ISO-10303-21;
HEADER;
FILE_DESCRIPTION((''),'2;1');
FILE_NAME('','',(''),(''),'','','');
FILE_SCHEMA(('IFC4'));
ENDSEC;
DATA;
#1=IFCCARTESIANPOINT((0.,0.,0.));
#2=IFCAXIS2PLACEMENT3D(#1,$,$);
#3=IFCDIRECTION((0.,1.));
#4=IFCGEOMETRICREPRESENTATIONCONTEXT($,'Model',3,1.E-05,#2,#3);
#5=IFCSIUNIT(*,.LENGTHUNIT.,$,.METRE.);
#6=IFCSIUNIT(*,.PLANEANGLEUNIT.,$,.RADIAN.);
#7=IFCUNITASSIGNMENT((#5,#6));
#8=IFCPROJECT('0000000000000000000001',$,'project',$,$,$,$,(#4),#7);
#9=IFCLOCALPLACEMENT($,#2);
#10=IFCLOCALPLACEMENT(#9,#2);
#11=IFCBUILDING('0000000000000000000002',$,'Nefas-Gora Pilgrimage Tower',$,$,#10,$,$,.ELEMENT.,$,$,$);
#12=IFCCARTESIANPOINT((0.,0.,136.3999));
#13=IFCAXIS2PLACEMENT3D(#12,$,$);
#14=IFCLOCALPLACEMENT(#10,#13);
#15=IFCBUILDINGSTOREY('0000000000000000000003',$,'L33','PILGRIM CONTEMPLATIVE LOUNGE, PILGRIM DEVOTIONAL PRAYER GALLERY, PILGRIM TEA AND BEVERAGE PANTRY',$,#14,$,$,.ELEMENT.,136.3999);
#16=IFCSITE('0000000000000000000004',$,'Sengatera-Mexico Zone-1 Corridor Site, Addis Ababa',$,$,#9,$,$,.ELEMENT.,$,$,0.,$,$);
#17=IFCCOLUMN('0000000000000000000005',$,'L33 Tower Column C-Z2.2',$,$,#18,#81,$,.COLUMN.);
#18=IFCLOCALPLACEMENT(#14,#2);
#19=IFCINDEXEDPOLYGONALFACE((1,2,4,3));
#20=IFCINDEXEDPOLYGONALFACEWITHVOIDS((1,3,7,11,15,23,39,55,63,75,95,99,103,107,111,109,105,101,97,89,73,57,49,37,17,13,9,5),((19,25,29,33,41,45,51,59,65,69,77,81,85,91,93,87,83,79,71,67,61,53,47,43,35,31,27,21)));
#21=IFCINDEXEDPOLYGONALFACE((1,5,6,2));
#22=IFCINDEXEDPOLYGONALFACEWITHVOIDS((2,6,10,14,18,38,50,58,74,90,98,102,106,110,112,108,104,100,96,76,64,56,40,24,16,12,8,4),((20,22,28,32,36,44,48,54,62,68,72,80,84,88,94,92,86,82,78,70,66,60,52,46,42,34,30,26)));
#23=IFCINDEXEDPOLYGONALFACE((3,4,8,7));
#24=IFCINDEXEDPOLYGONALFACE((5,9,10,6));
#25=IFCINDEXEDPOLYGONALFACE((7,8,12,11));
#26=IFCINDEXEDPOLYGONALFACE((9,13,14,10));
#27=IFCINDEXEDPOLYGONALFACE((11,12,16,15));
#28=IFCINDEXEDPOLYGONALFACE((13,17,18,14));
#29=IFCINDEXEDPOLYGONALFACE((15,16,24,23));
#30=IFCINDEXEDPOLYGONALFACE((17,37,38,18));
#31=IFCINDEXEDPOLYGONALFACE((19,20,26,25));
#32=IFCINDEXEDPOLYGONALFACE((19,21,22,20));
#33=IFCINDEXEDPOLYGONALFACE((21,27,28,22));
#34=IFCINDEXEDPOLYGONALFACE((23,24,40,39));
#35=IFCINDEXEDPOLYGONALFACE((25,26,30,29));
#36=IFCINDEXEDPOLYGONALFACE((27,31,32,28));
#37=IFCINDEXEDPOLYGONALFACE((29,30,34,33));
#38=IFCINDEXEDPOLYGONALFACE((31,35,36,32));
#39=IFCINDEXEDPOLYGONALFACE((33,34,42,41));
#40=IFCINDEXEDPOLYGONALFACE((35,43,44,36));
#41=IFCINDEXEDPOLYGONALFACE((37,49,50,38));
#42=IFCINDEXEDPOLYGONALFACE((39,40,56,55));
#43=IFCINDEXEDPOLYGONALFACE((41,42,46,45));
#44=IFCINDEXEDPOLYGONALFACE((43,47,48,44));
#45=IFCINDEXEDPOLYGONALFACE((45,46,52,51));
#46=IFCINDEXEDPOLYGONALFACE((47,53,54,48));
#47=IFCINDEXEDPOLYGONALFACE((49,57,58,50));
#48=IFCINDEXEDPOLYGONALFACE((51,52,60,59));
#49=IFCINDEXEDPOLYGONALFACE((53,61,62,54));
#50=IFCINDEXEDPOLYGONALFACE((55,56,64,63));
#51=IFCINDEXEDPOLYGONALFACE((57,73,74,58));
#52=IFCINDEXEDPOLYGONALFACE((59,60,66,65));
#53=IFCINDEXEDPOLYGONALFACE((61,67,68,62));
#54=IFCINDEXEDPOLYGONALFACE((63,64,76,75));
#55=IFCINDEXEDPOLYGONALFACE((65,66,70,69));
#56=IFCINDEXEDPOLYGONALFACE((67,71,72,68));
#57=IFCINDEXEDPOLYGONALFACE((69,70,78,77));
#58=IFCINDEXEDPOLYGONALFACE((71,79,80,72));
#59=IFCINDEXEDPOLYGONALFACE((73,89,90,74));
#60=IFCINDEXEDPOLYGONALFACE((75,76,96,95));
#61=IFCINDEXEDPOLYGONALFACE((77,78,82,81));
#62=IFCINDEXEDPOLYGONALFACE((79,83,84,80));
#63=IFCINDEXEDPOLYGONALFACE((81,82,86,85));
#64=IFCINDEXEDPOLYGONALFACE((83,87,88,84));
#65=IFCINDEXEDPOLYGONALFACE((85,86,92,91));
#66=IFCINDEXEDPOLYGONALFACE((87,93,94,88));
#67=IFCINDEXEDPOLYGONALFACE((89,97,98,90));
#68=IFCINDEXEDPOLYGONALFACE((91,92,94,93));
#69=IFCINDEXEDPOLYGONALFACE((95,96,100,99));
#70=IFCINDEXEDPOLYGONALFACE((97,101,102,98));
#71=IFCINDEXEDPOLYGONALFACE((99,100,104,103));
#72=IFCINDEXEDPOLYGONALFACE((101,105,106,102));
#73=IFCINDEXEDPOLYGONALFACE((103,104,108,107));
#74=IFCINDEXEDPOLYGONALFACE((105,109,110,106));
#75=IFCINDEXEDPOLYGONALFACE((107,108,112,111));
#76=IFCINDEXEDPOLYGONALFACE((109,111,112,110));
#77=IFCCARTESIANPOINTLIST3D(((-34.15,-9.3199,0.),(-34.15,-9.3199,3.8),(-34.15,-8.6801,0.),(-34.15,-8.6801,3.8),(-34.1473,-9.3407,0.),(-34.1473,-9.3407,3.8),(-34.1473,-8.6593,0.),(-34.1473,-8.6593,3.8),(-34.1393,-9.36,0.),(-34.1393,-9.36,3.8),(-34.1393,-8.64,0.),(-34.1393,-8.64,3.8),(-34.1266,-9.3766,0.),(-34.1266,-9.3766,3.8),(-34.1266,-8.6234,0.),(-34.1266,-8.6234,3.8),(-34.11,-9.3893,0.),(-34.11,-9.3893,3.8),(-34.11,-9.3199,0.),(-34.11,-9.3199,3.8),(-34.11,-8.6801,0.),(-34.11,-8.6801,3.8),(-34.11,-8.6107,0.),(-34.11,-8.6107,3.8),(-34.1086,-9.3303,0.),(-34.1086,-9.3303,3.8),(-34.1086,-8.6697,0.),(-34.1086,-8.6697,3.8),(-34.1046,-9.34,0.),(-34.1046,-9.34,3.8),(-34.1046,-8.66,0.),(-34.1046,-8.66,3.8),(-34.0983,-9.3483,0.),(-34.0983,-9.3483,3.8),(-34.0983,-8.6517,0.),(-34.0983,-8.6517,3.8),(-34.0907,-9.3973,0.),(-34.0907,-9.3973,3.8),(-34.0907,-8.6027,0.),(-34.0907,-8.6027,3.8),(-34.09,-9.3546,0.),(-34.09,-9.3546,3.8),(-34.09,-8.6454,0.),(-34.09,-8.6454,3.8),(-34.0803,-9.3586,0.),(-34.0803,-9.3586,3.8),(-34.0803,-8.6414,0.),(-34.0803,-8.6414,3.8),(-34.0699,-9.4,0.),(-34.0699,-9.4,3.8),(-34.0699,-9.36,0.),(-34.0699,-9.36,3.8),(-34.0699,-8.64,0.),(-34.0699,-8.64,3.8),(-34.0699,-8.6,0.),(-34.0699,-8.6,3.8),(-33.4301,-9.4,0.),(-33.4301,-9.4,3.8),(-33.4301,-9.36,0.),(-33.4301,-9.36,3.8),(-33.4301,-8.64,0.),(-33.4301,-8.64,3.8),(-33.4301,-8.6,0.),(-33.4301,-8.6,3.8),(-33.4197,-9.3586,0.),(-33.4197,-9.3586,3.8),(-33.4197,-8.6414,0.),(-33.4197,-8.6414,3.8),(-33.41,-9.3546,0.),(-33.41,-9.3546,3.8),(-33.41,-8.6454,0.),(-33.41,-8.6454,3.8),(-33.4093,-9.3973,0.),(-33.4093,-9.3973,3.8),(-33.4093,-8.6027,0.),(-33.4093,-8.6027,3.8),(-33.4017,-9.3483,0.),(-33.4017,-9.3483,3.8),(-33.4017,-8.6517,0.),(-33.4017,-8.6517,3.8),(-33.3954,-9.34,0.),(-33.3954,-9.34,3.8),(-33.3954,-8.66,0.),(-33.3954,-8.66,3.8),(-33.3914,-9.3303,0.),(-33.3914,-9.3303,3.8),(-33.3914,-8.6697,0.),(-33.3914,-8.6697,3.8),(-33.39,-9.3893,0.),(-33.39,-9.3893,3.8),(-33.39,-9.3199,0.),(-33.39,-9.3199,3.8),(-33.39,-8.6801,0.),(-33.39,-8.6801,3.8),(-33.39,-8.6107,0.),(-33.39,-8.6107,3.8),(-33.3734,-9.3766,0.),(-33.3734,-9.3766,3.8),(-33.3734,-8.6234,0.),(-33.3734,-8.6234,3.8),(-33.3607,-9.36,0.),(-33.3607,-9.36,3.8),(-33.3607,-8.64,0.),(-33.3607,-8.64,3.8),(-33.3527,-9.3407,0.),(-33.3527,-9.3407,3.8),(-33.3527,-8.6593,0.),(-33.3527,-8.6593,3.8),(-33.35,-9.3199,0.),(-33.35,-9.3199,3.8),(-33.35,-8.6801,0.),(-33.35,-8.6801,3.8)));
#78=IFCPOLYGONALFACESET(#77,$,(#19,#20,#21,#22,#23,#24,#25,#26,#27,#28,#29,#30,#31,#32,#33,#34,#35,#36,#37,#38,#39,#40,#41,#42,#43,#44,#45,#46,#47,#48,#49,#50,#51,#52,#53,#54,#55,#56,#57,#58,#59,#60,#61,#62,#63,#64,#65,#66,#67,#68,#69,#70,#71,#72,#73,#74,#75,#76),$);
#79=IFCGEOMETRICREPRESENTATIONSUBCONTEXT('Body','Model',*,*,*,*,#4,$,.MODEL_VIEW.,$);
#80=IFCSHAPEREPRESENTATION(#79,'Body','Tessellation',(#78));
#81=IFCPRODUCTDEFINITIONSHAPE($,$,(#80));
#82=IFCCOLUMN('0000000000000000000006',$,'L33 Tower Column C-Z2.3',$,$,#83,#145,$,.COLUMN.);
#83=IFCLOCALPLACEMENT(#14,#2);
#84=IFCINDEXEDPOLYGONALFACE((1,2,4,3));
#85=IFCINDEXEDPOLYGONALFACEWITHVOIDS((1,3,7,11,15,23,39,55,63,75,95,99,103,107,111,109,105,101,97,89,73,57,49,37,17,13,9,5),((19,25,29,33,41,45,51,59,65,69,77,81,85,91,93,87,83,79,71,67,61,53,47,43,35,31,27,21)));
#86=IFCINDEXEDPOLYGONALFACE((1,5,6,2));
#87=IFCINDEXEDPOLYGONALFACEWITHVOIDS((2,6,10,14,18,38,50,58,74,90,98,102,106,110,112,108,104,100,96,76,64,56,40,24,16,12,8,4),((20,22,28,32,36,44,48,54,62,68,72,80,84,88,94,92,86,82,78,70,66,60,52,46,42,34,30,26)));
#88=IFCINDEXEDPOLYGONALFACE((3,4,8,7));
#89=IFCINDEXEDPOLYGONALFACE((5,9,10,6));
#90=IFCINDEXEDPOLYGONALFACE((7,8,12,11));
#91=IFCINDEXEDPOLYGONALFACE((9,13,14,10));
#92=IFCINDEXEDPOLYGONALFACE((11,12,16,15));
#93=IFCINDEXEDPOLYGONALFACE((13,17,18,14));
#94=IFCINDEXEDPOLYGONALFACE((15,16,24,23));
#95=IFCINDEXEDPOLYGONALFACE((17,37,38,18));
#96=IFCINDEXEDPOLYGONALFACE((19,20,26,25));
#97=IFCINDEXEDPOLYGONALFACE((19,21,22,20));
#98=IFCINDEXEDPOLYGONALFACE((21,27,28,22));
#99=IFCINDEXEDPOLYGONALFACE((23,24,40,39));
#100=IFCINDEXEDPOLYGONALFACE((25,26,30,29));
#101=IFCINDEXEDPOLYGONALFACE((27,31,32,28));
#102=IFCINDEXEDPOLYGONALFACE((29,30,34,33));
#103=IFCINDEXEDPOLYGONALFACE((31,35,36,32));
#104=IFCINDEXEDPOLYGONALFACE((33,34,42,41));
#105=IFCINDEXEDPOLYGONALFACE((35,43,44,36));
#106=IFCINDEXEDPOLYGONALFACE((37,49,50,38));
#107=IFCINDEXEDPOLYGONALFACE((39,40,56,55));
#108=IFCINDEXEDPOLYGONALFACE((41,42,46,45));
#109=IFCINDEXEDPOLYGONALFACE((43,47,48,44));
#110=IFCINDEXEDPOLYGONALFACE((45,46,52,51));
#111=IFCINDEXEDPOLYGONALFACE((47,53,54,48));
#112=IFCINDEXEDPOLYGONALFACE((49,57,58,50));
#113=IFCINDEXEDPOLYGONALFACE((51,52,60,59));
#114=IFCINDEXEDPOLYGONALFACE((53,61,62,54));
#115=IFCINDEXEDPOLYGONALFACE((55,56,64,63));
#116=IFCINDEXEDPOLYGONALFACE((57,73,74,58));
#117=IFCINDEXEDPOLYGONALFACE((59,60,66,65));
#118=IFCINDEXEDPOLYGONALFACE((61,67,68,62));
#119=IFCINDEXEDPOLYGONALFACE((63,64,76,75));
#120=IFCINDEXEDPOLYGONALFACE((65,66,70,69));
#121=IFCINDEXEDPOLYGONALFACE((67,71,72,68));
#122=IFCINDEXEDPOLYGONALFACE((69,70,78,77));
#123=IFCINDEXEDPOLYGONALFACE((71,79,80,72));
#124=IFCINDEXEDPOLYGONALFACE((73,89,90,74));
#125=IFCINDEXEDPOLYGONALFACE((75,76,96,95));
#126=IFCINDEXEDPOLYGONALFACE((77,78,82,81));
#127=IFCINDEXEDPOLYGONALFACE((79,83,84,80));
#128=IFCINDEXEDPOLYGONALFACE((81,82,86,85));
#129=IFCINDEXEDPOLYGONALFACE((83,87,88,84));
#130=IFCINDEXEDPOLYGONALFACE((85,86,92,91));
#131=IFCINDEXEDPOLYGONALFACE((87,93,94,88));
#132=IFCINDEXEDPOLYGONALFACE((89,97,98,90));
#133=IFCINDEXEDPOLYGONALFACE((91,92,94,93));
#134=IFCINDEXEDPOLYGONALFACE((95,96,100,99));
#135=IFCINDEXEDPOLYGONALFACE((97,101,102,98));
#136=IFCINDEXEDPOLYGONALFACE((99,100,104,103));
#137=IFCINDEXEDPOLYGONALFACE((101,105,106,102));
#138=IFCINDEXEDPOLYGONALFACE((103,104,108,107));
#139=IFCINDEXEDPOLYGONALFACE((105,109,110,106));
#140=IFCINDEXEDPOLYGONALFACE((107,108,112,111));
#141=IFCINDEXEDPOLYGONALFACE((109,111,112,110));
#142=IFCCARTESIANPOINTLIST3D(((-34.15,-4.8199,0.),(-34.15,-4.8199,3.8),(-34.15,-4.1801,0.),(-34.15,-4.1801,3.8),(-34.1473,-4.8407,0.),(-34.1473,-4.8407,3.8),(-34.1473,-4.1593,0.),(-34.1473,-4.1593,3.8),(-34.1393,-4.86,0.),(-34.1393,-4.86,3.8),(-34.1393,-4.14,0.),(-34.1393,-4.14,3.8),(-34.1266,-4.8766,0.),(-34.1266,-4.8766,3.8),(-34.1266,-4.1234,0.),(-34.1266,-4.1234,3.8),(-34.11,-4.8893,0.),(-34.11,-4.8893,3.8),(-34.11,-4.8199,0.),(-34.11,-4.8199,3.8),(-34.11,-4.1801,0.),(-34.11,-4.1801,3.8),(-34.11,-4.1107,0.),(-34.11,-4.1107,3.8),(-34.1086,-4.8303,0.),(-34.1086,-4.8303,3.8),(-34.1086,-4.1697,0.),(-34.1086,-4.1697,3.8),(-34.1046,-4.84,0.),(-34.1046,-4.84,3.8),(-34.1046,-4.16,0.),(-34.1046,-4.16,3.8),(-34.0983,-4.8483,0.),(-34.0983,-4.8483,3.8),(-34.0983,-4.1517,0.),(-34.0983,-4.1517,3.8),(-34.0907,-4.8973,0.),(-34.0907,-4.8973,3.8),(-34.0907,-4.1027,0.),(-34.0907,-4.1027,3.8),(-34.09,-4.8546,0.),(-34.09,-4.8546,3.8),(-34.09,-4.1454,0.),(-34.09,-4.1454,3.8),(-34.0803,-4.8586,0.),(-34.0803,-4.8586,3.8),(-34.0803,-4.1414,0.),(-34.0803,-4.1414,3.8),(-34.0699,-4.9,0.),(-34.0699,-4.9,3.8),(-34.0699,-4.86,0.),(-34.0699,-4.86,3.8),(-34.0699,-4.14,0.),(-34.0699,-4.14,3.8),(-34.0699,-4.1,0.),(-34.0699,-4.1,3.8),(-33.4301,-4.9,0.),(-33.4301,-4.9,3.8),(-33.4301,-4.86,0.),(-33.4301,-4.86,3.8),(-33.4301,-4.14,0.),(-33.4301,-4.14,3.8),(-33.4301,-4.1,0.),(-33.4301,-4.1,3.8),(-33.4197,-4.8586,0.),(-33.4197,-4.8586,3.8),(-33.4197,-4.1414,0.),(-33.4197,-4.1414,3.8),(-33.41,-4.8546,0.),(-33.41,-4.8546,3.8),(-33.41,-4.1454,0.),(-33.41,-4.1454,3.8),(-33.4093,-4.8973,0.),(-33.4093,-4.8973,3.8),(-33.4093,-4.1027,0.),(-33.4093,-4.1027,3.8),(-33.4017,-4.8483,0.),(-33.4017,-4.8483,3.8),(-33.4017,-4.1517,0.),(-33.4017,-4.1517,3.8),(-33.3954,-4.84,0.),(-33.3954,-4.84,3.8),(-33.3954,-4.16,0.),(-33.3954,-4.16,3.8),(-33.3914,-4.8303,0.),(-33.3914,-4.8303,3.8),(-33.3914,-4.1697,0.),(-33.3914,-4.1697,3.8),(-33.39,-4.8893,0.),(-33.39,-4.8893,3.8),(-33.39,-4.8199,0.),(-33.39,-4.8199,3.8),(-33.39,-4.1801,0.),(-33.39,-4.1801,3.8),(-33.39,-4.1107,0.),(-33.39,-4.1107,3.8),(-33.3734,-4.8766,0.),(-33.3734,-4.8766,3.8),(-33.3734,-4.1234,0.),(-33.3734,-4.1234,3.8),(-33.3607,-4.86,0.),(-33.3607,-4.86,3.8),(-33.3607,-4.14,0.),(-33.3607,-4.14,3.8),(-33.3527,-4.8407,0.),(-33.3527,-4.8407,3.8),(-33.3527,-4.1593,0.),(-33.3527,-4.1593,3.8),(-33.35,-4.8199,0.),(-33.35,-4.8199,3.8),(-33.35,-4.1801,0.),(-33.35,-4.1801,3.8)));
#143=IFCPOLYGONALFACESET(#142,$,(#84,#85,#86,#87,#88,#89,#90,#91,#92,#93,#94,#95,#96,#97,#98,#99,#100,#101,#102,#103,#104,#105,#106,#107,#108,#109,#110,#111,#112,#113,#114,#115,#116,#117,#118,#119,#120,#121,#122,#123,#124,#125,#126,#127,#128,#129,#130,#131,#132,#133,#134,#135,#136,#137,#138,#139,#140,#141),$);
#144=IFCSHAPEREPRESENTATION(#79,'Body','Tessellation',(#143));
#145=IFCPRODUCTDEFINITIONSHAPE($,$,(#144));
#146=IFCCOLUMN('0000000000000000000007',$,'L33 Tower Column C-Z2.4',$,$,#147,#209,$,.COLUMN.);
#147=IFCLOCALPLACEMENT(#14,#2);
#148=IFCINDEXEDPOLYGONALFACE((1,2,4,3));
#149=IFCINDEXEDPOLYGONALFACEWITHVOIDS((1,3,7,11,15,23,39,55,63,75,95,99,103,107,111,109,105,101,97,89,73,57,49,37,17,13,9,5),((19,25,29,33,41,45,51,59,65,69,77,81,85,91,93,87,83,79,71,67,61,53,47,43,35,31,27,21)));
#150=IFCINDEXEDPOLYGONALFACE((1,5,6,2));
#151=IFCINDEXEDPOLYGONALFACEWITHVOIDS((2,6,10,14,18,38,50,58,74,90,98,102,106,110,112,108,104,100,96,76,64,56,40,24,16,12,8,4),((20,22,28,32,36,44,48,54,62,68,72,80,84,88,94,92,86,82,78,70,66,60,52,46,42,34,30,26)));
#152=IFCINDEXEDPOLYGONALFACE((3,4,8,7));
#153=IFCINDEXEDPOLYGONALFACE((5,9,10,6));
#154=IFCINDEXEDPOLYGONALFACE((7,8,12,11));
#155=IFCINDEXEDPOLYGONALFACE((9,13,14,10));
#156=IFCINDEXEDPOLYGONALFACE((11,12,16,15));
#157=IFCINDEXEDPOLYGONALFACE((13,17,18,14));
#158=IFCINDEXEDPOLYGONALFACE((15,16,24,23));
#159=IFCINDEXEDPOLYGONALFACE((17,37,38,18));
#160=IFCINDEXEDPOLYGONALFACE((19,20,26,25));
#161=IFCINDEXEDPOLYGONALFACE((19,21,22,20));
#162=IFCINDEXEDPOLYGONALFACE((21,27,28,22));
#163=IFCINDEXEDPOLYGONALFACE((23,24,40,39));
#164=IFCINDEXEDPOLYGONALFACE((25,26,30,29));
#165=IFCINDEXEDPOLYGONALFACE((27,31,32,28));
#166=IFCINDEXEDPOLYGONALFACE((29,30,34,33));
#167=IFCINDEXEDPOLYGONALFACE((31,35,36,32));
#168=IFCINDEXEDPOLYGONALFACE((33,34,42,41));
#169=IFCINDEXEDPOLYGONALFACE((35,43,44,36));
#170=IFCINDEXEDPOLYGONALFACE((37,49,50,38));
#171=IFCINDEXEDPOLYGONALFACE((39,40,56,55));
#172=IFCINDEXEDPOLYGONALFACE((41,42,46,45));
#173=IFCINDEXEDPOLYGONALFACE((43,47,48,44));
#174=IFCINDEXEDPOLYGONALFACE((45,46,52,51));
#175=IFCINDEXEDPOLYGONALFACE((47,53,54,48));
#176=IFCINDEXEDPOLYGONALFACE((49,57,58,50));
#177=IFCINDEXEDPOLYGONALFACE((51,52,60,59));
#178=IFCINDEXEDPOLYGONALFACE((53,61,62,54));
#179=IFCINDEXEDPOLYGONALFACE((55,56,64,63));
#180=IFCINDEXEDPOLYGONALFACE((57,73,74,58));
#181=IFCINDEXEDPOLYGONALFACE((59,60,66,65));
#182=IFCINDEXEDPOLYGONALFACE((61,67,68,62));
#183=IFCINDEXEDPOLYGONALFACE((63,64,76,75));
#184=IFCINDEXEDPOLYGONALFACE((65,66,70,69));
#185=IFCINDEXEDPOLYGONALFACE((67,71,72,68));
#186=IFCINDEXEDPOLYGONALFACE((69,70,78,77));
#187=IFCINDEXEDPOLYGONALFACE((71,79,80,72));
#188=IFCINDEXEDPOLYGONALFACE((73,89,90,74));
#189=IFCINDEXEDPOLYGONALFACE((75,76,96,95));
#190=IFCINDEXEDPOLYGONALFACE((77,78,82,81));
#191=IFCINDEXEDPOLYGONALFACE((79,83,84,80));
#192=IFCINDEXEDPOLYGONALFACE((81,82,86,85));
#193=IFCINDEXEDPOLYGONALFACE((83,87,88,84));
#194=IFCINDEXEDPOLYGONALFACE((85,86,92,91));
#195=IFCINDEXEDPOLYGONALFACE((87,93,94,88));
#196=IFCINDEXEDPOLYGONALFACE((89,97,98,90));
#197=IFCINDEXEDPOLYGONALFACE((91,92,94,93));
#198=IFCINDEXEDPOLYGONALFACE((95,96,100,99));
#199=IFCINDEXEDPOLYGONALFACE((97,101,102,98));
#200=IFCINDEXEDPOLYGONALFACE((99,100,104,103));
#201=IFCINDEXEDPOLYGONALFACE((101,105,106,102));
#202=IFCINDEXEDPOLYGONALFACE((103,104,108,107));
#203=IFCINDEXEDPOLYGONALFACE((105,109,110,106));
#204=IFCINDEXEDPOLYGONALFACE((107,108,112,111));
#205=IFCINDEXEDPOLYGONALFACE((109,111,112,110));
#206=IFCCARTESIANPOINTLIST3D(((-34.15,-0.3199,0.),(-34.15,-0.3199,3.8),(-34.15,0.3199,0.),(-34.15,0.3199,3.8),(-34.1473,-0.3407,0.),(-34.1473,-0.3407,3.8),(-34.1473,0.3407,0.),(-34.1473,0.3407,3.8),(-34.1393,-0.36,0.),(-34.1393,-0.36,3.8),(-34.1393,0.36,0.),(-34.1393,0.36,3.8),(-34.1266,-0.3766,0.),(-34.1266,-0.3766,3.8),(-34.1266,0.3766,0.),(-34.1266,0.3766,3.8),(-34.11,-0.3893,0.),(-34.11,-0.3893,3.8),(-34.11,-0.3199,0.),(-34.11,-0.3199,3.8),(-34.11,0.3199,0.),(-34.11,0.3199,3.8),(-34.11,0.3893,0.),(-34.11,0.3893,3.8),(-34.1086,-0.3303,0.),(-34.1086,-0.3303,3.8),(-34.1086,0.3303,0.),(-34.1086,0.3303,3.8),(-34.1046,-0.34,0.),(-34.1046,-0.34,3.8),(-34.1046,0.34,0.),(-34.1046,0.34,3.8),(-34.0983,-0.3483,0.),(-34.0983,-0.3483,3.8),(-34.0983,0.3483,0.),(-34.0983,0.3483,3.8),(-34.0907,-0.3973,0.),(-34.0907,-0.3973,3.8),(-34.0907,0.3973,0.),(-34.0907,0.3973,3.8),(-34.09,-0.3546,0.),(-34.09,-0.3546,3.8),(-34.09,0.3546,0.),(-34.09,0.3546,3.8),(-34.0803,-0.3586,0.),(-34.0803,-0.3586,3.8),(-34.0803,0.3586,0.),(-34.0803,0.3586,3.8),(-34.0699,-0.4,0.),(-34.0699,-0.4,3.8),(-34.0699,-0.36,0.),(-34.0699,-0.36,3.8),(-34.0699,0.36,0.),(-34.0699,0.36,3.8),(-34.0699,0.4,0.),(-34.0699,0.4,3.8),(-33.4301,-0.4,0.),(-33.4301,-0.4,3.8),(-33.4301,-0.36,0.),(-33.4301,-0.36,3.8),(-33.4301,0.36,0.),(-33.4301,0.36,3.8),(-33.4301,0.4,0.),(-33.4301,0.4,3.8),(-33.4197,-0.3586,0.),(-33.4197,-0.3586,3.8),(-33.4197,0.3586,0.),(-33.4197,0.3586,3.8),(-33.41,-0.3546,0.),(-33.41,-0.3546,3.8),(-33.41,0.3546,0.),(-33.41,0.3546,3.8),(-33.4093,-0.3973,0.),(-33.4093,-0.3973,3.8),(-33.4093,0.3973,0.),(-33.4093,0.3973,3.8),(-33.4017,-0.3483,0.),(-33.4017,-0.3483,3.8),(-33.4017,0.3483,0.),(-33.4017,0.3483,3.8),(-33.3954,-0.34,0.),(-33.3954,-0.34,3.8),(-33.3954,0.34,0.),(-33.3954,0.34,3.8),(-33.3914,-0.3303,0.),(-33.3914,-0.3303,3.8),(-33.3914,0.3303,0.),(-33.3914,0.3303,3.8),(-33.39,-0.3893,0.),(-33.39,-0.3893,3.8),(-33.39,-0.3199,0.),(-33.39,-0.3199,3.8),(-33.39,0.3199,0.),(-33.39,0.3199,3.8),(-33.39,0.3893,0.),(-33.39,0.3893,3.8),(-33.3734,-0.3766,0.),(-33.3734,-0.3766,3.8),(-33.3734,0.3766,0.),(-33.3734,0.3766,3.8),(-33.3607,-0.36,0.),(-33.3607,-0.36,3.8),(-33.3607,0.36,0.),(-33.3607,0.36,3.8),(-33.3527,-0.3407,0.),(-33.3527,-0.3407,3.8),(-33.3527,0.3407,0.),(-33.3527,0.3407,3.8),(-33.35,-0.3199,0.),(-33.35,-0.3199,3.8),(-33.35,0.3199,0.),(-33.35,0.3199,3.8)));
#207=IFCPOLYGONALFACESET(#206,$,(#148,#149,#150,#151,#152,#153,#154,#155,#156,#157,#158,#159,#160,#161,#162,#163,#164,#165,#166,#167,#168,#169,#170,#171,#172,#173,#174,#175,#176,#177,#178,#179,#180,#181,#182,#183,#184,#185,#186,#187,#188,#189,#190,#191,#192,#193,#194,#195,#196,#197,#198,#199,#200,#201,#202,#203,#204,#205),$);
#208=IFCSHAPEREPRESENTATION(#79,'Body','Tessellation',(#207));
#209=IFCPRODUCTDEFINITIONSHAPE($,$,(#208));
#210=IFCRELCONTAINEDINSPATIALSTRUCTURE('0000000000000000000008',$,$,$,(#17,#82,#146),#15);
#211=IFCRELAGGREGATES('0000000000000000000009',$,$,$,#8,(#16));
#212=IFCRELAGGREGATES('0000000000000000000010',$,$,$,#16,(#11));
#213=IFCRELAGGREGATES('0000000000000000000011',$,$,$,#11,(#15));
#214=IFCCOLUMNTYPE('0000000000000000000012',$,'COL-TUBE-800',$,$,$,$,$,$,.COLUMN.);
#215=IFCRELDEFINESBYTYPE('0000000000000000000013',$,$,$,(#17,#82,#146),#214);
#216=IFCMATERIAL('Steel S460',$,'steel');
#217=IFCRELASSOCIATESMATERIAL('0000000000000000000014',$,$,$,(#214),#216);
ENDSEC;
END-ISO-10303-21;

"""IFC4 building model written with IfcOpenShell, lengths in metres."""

from ifc_helpers import new_model, si_unit, direction, frame, origin, origin_2d, place, context, subcontext, project, spatial, hollow_rectangle, extrude, source, transform, mapped, material, material_profile, profile_set, type_object, element, save


model = new_model("IFC4")

# Units and contexts
model_context = context("Model", 3, precision=1e-05, world=origin(), true_north=direction((0.0, 1.0)))
body_context = subcontext(model_context, "Body", "Model", "MODEL_VIEW")
ifc_project = project(units=[si_unit("LENGTHUNIT", "METRE"), si_unit("PLANEANGLEUNIT", "RADIAN")], contexts=[model_context])

# Site, building, storey
site_placement = place(None, origin())
site = spatial("IfcSite", under=ifc_project, at=site_placement, Name="Sengatera-Mexico Zone-1 Corridor Site, Addis Ababa", CompositionType="ELEMENT", RefElevation=0.0)
building_placement = place(site_placement, origin())
building = spatial("IfcBuilding", under=site, at=building_placement, Name="Nefas-Gora Pilgrimage Tower", CompositionType="ELEMENT")
storey_placement = place(building_placement, frame((0.0, 0.0, 136.3999)))
storey = spatial("IfcBuildingStorey", under=building, at=storey_placement, Name="L33", Description="PILGRIM CONTEMPLATIVE LOUNGE, PILGRIM DEVOTIONAL PRAYER GALLERY, PILGRIM TEA AND BEVERAGE PANTRY", CompositionType="ELEMENT", Elevation=136.3999)

# Columns
ifc_material_1 = material(Name="Steel S460", Category="steel")
ifc_material_profile_1 = material_profile(ifc_material_1, hollow_rectangle(XDim=0.8, YDim=0.8, WallThickness=0.04, InnerFilletRadius=0.04, OuterFilletRadius=0.0801, at=origin_2d()), Name="BOX 800x800x40")
ifc_profile_set_1 = profile_set([ifc_material_profile_1], Name="Steel S460")
column_type_1 = type_object("IfcColumnType", Name="COL-TUBE-800", PredefinedType="COLUMN", material=ifc_profile_set_1)
shared_shape_1 = source(origin(), body_context, "Body", "SweptSolid", [
    extrude(hollow_rectangle(XDim=0.8, YDim=0.8, WallThickness=0.04, InnerFilletRadius=0.04, OuterFilletRadius=0.0801, at=origin_2d()), origin(), (0.0, 0.0, 1.0), 3.8),
])
for number, where, z_axis, x_axis, name in (
    (1, (-33.75, -9.0, 0.0), (0.0, 0.0, 1.0), (1.0, 0.0, 0.0), "L33 Tower Column C-Z2.2"),
    (2, (-33.75, -4.5, 0.0), (0.0, 0.0, 1.0), (1.0, 0.0, 0.0), "L33 Tower Column C-Z2.3"),
    (3, (-33.75, 0.0, 0.0), (0.0, 0.0, 1.0), (1.0, 0.0, 0.0), "L33 Tower Column C-Z2.4"),
):
    element("IfcColumn", number, at=place(storey_placement, frame(where, z_axis=z_axis, x_axis=x_axis)), inside=storey, type_object=column_type_1, Name=name, PredefinedType="COLUMN", context=body_context, shape_type="MappedRepresentation", body=[
        mapped(shared_shape_1, transform((0.0, 0.0, 0.0), x_axis=(1.0, 0.0, 0.0), y_axis=(0.0, 1.0, 0.0), z_axis=(0.0, 0.0, 1.0), scale=1.0)),
    ])

save(model, "model.ifc")
